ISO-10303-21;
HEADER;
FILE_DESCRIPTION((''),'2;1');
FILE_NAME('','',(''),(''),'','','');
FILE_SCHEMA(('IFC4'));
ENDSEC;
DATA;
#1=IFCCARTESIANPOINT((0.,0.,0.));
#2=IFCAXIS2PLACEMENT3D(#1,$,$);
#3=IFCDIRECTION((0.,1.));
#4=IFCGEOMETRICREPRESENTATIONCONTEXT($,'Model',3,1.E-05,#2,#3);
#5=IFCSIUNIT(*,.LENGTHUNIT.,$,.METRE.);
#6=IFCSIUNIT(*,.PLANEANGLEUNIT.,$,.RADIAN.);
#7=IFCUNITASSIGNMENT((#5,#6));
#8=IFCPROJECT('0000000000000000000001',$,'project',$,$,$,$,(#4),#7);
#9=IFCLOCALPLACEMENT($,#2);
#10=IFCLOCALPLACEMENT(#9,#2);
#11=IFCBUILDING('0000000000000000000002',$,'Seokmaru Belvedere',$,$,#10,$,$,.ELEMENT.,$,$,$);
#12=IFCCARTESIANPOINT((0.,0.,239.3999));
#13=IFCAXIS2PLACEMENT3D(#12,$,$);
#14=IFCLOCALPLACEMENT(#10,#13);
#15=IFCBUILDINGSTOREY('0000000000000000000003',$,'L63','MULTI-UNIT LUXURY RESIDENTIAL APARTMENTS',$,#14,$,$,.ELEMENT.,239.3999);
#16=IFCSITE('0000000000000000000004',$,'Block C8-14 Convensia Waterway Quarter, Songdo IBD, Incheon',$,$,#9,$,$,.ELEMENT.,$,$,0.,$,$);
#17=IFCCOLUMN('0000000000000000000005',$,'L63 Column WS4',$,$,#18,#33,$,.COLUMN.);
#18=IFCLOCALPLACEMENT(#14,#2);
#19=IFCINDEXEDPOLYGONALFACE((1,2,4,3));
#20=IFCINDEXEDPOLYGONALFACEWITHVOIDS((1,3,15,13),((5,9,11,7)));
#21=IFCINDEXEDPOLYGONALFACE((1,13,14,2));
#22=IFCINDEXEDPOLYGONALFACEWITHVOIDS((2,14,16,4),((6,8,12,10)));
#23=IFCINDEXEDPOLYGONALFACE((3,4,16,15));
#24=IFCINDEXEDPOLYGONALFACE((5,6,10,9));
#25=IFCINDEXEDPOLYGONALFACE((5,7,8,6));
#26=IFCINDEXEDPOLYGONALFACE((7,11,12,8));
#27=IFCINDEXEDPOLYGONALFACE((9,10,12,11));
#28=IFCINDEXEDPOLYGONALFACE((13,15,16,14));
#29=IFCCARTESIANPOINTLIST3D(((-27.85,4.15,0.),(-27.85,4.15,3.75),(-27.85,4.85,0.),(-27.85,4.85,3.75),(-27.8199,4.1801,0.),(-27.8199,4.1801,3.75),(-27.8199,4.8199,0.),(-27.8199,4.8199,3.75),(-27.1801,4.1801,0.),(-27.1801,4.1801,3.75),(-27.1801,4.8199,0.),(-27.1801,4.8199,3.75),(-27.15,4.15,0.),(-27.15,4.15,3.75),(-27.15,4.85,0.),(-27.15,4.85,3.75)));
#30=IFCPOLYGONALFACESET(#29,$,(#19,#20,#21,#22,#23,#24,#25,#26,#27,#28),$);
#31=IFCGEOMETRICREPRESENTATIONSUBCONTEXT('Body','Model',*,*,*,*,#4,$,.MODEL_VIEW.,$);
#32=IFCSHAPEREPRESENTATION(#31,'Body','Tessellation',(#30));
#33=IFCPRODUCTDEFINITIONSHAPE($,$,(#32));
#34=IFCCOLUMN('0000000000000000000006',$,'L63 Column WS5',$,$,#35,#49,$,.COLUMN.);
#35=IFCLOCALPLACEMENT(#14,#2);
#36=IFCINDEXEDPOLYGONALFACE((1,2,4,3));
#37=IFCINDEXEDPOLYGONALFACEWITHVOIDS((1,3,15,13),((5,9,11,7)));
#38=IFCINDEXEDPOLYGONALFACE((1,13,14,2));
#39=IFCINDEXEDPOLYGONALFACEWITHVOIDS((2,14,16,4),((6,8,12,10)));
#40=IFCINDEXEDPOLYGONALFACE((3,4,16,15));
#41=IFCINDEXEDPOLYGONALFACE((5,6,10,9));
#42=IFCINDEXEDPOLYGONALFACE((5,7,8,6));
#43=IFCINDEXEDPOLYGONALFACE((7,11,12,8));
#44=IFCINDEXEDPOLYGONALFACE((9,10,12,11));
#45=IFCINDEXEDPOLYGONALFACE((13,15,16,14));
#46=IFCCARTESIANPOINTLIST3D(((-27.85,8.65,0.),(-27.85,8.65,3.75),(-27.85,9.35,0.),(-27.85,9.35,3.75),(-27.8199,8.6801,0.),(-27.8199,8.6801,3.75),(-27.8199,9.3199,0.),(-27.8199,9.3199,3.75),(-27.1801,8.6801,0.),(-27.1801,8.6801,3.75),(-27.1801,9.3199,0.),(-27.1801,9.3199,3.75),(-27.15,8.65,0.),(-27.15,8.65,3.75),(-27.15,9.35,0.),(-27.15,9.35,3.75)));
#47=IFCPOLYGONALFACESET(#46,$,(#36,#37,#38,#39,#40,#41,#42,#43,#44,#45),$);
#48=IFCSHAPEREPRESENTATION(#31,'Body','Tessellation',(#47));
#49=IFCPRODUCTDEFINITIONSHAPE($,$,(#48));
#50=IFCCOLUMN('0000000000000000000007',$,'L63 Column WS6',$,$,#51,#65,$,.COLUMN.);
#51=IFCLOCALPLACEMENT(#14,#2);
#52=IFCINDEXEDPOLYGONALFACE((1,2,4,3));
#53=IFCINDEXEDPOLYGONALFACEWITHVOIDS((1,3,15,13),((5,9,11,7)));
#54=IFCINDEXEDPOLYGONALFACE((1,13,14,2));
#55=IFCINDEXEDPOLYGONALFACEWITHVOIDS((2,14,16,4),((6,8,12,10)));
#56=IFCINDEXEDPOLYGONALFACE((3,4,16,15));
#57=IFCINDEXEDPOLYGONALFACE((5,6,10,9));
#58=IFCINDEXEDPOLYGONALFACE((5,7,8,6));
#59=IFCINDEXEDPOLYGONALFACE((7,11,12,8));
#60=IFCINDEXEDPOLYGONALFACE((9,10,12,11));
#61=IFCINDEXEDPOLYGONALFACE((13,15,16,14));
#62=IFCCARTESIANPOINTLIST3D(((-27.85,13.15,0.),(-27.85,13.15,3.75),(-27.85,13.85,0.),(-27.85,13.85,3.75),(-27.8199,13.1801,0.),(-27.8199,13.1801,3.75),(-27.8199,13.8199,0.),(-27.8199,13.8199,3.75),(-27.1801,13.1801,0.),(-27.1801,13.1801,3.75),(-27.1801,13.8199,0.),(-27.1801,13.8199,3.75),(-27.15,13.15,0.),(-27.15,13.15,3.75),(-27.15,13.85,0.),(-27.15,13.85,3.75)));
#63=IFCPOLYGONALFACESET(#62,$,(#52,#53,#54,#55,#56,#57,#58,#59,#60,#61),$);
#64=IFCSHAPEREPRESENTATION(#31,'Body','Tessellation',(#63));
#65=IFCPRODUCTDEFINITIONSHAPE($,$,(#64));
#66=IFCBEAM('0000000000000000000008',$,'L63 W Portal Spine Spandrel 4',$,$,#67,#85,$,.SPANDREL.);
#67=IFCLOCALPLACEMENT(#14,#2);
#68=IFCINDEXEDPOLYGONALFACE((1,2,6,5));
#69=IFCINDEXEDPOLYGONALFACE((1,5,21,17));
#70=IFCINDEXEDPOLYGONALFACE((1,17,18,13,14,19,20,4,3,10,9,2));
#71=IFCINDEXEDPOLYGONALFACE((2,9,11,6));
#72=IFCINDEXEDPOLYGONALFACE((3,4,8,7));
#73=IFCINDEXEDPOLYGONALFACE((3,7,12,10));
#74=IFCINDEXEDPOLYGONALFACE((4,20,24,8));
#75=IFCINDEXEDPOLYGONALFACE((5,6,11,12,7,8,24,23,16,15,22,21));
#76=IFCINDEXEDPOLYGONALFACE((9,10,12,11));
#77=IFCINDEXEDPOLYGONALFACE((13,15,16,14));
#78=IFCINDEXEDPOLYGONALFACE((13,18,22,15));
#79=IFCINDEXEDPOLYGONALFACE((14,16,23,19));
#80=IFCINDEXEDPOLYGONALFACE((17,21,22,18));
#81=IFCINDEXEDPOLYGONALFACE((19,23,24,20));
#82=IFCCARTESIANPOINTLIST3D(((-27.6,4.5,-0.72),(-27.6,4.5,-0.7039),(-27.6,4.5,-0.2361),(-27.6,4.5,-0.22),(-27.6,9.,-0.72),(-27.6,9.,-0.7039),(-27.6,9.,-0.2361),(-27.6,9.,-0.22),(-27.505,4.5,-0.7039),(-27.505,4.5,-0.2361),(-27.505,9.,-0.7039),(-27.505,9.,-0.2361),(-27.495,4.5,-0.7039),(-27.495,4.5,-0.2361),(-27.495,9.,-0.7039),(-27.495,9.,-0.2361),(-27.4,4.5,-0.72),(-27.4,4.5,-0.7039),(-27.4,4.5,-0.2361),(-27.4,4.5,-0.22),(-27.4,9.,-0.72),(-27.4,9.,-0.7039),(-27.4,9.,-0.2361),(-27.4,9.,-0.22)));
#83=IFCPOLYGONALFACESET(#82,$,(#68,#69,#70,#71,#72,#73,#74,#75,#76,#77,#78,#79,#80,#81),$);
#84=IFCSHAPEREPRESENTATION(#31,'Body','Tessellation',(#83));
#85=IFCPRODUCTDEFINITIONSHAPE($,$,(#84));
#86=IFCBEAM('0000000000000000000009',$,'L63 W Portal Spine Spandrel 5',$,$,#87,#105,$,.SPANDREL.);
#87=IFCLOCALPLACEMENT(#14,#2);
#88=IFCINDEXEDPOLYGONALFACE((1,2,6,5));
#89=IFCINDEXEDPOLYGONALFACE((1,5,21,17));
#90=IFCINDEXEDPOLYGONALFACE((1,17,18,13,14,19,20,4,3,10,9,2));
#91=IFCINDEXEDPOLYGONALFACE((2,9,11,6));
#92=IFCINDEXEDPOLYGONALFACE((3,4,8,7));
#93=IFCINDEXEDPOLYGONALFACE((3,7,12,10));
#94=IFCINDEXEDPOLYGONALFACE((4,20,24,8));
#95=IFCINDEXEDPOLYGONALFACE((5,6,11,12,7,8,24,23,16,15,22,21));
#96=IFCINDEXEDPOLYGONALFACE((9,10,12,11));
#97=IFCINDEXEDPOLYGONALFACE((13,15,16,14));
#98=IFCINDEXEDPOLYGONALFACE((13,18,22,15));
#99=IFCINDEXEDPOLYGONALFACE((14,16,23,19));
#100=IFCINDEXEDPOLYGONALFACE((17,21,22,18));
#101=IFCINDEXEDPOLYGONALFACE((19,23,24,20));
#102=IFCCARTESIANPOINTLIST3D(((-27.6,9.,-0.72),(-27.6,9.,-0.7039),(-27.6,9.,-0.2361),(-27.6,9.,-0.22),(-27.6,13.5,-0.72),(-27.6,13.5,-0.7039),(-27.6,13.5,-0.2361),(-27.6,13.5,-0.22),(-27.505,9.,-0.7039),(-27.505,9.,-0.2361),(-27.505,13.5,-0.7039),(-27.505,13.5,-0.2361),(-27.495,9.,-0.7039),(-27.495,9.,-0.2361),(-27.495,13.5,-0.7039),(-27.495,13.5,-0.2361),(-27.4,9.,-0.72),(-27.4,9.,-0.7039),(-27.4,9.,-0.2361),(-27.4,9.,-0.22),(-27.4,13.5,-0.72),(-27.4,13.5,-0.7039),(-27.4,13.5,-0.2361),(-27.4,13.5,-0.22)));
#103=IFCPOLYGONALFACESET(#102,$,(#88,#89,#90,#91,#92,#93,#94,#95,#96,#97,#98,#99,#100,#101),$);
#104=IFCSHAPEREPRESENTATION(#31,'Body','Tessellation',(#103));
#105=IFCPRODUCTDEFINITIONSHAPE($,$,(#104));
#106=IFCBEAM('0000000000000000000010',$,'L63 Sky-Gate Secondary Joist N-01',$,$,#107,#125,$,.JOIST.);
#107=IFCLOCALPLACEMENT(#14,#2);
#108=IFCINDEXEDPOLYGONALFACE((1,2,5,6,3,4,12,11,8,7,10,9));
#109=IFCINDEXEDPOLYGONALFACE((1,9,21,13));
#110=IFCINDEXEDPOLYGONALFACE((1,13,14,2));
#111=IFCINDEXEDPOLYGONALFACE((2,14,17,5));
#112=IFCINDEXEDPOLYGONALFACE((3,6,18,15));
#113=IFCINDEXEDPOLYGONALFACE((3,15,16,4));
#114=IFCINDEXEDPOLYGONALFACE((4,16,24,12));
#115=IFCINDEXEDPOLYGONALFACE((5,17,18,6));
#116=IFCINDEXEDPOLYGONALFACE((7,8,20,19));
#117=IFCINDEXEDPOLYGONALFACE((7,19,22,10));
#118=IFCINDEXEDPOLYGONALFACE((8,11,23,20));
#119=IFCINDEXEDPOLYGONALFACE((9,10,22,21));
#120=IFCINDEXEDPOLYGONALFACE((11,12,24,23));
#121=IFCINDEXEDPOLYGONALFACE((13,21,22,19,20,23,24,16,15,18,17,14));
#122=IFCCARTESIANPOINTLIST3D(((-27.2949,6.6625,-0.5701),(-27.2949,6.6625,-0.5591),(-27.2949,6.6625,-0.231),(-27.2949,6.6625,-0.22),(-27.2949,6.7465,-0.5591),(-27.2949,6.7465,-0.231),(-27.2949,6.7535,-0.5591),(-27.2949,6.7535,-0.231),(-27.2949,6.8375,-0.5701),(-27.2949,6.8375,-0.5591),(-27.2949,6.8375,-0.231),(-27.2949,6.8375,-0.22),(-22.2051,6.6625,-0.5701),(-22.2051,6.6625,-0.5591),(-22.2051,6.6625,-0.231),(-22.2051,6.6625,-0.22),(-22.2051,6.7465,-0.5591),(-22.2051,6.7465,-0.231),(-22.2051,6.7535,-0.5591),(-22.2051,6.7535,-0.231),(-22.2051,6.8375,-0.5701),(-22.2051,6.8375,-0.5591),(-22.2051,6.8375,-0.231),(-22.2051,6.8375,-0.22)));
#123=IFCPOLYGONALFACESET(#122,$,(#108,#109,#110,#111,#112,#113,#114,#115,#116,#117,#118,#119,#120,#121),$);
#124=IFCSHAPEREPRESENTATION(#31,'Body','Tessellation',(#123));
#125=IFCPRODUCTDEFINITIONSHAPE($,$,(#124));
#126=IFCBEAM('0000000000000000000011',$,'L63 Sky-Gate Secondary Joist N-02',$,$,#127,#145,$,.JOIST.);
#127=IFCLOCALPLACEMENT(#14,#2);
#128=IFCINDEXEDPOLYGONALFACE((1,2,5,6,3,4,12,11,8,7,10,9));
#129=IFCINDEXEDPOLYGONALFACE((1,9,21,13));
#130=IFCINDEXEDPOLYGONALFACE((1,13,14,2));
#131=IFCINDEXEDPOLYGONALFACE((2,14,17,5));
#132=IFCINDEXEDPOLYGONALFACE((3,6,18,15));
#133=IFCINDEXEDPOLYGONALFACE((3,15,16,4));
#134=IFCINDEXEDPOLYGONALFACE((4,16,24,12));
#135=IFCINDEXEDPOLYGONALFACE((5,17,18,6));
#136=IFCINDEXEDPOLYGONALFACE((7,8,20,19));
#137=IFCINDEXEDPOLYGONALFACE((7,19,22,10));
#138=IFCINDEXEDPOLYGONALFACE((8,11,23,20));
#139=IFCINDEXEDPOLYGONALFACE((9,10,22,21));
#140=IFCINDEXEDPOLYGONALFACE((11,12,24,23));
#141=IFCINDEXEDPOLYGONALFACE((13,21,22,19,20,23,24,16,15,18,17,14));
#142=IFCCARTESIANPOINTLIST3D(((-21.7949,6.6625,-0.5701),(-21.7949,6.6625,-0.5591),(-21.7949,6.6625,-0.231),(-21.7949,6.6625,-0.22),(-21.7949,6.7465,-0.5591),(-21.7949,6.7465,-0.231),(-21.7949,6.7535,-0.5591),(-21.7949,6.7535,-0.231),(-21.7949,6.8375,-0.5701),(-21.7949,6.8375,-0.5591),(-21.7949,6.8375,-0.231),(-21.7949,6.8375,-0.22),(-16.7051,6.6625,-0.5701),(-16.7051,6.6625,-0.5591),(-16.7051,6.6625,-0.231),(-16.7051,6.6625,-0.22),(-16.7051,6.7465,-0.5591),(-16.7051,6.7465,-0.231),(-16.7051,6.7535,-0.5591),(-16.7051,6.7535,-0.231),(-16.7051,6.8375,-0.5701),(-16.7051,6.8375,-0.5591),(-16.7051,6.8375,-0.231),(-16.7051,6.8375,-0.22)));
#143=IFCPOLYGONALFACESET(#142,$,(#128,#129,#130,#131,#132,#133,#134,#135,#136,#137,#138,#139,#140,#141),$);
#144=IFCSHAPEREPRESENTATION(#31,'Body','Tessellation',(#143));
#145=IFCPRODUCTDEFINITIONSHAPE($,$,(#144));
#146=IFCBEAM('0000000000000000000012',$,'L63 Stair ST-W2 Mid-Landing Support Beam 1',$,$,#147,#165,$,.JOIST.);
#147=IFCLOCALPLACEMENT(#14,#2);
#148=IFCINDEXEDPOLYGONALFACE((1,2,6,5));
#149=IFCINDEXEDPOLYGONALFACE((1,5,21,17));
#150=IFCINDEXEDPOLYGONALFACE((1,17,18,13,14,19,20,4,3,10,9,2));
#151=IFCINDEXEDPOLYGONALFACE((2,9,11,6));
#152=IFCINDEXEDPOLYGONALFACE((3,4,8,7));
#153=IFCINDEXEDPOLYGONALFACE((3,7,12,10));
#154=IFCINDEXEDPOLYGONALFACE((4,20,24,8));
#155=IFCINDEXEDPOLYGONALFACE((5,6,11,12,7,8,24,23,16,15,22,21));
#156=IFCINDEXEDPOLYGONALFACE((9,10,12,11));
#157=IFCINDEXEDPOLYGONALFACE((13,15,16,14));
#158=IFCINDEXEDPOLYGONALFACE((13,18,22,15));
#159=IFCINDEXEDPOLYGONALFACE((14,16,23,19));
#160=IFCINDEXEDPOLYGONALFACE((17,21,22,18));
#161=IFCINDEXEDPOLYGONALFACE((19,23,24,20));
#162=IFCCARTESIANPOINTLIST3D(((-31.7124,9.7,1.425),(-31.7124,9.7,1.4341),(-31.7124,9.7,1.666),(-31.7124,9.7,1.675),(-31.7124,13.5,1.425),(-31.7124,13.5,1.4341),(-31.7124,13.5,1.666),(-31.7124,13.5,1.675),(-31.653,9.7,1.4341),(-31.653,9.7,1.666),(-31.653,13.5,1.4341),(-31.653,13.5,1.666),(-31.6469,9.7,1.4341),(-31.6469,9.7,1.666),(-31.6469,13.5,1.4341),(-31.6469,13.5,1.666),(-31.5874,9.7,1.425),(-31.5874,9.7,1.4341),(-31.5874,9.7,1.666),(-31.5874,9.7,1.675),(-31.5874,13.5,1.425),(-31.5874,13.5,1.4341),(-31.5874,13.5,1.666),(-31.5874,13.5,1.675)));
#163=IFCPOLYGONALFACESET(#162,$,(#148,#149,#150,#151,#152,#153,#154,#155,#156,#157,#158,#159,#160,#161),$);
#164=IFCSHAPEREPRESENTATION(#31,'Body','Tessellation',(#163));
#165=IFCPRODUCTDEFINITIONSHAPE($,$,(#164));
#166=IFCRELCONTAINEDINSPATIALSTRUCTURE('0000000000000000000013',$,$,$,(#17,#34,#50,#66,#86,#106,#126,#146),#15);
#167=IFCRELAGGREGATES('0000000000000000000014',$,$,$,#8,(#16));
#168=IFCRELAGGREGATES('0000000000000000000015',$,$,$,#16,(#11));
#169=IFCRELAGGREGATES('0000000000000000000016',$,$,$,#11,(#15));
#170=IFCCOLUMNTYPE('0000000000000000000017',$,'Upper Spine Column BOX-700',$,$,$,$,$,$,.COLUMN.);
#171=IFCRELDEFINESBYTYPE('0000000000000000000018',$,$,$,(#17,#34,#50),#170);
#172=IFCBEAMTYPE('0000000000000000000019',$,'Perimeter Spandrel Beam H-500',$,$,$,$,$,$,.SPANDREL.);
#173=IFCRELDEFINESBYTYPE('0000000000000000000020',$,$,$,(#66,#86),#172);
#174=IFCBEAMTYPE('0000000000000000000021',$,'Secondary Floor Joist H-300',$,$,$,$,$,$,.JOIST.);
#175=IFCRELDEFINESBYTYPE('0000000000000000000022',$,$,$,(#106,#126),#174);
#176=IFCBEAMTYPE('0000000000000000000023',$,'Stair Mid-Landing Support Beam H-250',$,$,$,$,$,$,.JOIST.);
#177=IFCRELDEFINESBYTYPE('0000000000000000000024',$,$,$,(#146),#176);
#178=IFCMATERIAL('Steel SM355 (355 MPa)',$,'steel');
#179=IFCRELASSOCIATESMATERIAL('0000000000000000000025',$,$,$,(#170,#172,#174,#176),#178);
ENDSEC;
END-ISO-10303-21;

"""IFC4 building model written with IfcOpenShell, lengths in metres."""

from ifc_helpers import new_model, si_unit, direction, frame, origin, origin_2d, place, context, subcontext, project, spatial, hollow_rectangle, i_section, extrude, source, transform, mapped, material, material_profile, profile_set, type_object, type_shapes, element, save


model = new_model("IFC4")

# Units and contexts
model_context = context("Model", 3, precision=1e-05, world=origin(), true_north=direction((0.0, 1.0)))
body_context = subcontext(model_context, "Body", "Model", "MODEL_VIEW")
ifc_project = project(units=[si_unit("LENGTHUNIT", "METRE"), si_unit("PLANEANGLEUNIT", "RADIAN")], contexts=[model_context])

# Site, building, storey
site_placement = place(None, origin())
site = spatial("IfcSite", under=ifc_project, at=site_placement, Name="Block C8-14 Convensia Waterway Quarter, Songdo IBD, Incheon", CompositionType="ELEMENT", RefElevation=0.0)
building_placement = place(site_placement, origin())
building = spatial("IfcBuilding", under=site, at=building_placement, Name="Seokmaru Belvedere", CompositionType="ELEMENT")
storey_placement = place(building_placement, frame((0.0, 0.0, 239.3999)))
storey = spatial("IfcBuildingStorey", under=building, at=storey_placement, Name="L63", Description="MULTI-UNIT LUXURY RESIDENTIAL APARTMENTS", CompositionType="ELEMENT", Elevation=239.3999)

# Columns
ifc_material_1 = material(Name="Steel SM355 (355 MPa)", Category="steel")
ifc_material_profile_1 = material_profile(ifc_material_1, hollow_rectangle(XDim=0.7, YDim=0.7, WallThickness=0.03, at=origin_2d()), Name="BOX-700x700x30")
ifc_profile_set_1 = profile_set([ifc_material_profile_1], Name="Steel SM355 (355 MPa)")
column_type = type_object("IfcColumnType", Name="Upper Spine Column BOX-700", PredefinedType="COLUMN", material=ifc_profile_set_1)
shared_shape_1 = source(origin(), body_context, "Body", "SweptSolid", [
    extrude(hollow_rectangle(XDim=0.7, YDim=0.7, WallThickness=0.03, at=origin_2d()), origin(), (0.0, 0.0, 1.0), 3.75),
])
type_shapes(column_type, [shared_shape_1])
for number, where, z_axis, x_axis, name in (
    (1, (-27.5, 4.5, 0.0), (0.0, 0.0, 1.0), (1.0, 0.0, 0.0), "L63 Column WS4"),
    (2, (-27.5, 9.0, 0.0), (0.0, 0.0, 1.0), (1.0, 0.0, 0.0), "L63 Column WS5"),
    (3, (-27.5, 13.5, 0.0), (0.0, 0.0, 1.0), (1.0, 0.0, 0.0), "L63 Column WS6"),
):
    element("IfcColumn", number, at=place(storey_placement, frame(where, z_axis=z_axis, x_axis=x_axis)), inside=storey, type_object=column_type, Name=name, PredefinedType="COLUMN", context=body_context, shape_type="MappedRepresentation", body=[
        mapped(shared_shape_1, transform((0.0, 0.0, 0.0), scale=1.0)),
    ])

# Beams
ifc_material_profile_2 = material_profile(ifc_material_1, i_section(OverallWidth=0.2, OverallDepth=0.5, WebThickness=0.01, FlangeThickness=0.0161, at=origin_2d()), Name="H-500x200x10x16")
ifc_profile_set_2 = profile_set([ifc_material_profile_2], Name="Steel SM355 (355 MPa)")
beam_type_1 = type_object("IfcBeamType", Name="Perimeter Spandrel Beam H-500", PredefinedType="SPANDREL", material=ifc_profile_set_2)
shared_shape_2 = source(origin(), body_context, "Body", "SweptSolid", [
    extrude(i_section(OverallWidth=0.2, OverallDepth=0.5, WebThickness=0.01, FlangeThickness=0.0161, at=origin_2d()), origin(), (0.0, 0.0, 1.0), 4.5),
])
type_shapes(beam_type_1, [shared_shape_2])
for number, where, z_axis, x_axis, name in (
    (4, (-27.5, 4.5, -0.47), (0.0, 1.0, 0.0), (-1.0, 0.0, 0.0), "L63 W Portal Spine Spandrel 4"),
    (5, (-27.5, 9.0, -0.47), (0.0, 1.0, 0.0), (-1.0, 0.0, 0.0), "L63 W Portal Spine Spandrel 5"),
):
    element("IfcBeam", number, at=place(storey_placement, frame(where, z_axis=z_axis, x_axis=x_axis)), inside=storey, type_object=beam_type_1, Name=name, PredefinedType="SPANDREL", context=body_context, shape_type="MappedRepresentation", body=[
        mapped(shared_shape_2, transform((0.0, 0.0, 0.0), scale=1.0)),
    ])
ifc_material_profile_3 = material_profile(ifc_material_1, i_section(OverallWidth=0.175, OverallDepth=0.3501, WebThickness=0.0071, FlangeThickness=0.011, at=origin_2d()), Name="H-350x175x7x11")
ifc_profile_set_3 = profile_set([ifc_material_profile_3], Name="Steel SM355 (355 MPa)")
beam_type_2 = type_object("IfcBeamType", Name="Secondary Floor Joist H-300", PredefinedType="JOIST", material=ifc_profile_set_3)
shared_shape_3 = source(origin(), body_context, "Body", "SweptSolid", [
    extrude(i_section(OverallWidth=0.175, OverallDepth=0.3501, WebThickness=0.0071, FlangeThickness=0.011, at=origin_2d()), origin(), (0.0, 0.0, 1.0), 5.0898),
])
type_shapes(beam_type_2, [shared_shape_3])
for number, where, z_axis, x_axis, name in (
    (6, (-27.2949, 6.75, -0.395), (1.0, 0.0, 0.0), (0.0, 1.0, 0.0), "L63 Sky-Gate Secondary Joist N-01"),
    (7, (-21.7949, 6.75, -0.395), (1.0, 0.0, 0.0), (0.0, 1.0, 0.0), "L63 Sky-Gate Secondary Joist N-02"),
):
    element("IfcBeam", number, at=place(storey_placement, frame(where, z_axis=z_axis, x_axis=x_axis)), inside=storey, type_object=beam_type_2, Name=name, PredefinedType="JOIST", context=body_context, shape_type="MappedRepresentation", body=[
        mapped(shared_shape_3, transform((0.0, 0.0, 0.0), scale=1.0)),
    ])
ifc_material_profile_4 = material_profile(ifc_material_1, i_section(OverallWidth=0.125, OverallDepth=0.25, WebThickness=0.0061, FlangeThickness=0.009, at=origin_2d()), Name="H-250x125x6x9")
ifc_profile_set_4 = profile_set([ifc_material_profile_4], Name="Steel SM355 (355 MPa)")
beam_type_3 = type_object("IfcBeamType", Name="Stair Mid-Landing Support Beam H-250", PredefinedType="JOIST", material=ifc_profile_set_4)
shared_shape_4 = source(origin(), body_context, "Body", "SweptSolid", [
    extrude(i_section(OverallWidth=0.125, OverallDepth=0.25, WebThickness=0.0061, FlangeThickness=0.009, at=origin_2d()), origin(), (0.0, 0.0, 1.0), 3.8),
])
type_shapes(beam_type_3, [shared_shape_4])
beam_placement = place(storey_placement, frame((-31.6499, 9.7, 1.55), z_axis=(0.0, 1.0, 0.0), x_axis=(-1.0, 0.0, 0.0)))
element("IfcBeam", 8, at=beam_placement, inside=storey, type_object=beam_type_3, Name="L63 Stair ST-W2 Mid-Landing Support Beam 1", PredefinedType="JOIST", context=body_context, shape_type="MappedRepresentation", body=[
    mapped(shared_shape_4, transform((0.0, 0.0, 0.0), scale=1.0)),
])

save(model, "model.ifc")
